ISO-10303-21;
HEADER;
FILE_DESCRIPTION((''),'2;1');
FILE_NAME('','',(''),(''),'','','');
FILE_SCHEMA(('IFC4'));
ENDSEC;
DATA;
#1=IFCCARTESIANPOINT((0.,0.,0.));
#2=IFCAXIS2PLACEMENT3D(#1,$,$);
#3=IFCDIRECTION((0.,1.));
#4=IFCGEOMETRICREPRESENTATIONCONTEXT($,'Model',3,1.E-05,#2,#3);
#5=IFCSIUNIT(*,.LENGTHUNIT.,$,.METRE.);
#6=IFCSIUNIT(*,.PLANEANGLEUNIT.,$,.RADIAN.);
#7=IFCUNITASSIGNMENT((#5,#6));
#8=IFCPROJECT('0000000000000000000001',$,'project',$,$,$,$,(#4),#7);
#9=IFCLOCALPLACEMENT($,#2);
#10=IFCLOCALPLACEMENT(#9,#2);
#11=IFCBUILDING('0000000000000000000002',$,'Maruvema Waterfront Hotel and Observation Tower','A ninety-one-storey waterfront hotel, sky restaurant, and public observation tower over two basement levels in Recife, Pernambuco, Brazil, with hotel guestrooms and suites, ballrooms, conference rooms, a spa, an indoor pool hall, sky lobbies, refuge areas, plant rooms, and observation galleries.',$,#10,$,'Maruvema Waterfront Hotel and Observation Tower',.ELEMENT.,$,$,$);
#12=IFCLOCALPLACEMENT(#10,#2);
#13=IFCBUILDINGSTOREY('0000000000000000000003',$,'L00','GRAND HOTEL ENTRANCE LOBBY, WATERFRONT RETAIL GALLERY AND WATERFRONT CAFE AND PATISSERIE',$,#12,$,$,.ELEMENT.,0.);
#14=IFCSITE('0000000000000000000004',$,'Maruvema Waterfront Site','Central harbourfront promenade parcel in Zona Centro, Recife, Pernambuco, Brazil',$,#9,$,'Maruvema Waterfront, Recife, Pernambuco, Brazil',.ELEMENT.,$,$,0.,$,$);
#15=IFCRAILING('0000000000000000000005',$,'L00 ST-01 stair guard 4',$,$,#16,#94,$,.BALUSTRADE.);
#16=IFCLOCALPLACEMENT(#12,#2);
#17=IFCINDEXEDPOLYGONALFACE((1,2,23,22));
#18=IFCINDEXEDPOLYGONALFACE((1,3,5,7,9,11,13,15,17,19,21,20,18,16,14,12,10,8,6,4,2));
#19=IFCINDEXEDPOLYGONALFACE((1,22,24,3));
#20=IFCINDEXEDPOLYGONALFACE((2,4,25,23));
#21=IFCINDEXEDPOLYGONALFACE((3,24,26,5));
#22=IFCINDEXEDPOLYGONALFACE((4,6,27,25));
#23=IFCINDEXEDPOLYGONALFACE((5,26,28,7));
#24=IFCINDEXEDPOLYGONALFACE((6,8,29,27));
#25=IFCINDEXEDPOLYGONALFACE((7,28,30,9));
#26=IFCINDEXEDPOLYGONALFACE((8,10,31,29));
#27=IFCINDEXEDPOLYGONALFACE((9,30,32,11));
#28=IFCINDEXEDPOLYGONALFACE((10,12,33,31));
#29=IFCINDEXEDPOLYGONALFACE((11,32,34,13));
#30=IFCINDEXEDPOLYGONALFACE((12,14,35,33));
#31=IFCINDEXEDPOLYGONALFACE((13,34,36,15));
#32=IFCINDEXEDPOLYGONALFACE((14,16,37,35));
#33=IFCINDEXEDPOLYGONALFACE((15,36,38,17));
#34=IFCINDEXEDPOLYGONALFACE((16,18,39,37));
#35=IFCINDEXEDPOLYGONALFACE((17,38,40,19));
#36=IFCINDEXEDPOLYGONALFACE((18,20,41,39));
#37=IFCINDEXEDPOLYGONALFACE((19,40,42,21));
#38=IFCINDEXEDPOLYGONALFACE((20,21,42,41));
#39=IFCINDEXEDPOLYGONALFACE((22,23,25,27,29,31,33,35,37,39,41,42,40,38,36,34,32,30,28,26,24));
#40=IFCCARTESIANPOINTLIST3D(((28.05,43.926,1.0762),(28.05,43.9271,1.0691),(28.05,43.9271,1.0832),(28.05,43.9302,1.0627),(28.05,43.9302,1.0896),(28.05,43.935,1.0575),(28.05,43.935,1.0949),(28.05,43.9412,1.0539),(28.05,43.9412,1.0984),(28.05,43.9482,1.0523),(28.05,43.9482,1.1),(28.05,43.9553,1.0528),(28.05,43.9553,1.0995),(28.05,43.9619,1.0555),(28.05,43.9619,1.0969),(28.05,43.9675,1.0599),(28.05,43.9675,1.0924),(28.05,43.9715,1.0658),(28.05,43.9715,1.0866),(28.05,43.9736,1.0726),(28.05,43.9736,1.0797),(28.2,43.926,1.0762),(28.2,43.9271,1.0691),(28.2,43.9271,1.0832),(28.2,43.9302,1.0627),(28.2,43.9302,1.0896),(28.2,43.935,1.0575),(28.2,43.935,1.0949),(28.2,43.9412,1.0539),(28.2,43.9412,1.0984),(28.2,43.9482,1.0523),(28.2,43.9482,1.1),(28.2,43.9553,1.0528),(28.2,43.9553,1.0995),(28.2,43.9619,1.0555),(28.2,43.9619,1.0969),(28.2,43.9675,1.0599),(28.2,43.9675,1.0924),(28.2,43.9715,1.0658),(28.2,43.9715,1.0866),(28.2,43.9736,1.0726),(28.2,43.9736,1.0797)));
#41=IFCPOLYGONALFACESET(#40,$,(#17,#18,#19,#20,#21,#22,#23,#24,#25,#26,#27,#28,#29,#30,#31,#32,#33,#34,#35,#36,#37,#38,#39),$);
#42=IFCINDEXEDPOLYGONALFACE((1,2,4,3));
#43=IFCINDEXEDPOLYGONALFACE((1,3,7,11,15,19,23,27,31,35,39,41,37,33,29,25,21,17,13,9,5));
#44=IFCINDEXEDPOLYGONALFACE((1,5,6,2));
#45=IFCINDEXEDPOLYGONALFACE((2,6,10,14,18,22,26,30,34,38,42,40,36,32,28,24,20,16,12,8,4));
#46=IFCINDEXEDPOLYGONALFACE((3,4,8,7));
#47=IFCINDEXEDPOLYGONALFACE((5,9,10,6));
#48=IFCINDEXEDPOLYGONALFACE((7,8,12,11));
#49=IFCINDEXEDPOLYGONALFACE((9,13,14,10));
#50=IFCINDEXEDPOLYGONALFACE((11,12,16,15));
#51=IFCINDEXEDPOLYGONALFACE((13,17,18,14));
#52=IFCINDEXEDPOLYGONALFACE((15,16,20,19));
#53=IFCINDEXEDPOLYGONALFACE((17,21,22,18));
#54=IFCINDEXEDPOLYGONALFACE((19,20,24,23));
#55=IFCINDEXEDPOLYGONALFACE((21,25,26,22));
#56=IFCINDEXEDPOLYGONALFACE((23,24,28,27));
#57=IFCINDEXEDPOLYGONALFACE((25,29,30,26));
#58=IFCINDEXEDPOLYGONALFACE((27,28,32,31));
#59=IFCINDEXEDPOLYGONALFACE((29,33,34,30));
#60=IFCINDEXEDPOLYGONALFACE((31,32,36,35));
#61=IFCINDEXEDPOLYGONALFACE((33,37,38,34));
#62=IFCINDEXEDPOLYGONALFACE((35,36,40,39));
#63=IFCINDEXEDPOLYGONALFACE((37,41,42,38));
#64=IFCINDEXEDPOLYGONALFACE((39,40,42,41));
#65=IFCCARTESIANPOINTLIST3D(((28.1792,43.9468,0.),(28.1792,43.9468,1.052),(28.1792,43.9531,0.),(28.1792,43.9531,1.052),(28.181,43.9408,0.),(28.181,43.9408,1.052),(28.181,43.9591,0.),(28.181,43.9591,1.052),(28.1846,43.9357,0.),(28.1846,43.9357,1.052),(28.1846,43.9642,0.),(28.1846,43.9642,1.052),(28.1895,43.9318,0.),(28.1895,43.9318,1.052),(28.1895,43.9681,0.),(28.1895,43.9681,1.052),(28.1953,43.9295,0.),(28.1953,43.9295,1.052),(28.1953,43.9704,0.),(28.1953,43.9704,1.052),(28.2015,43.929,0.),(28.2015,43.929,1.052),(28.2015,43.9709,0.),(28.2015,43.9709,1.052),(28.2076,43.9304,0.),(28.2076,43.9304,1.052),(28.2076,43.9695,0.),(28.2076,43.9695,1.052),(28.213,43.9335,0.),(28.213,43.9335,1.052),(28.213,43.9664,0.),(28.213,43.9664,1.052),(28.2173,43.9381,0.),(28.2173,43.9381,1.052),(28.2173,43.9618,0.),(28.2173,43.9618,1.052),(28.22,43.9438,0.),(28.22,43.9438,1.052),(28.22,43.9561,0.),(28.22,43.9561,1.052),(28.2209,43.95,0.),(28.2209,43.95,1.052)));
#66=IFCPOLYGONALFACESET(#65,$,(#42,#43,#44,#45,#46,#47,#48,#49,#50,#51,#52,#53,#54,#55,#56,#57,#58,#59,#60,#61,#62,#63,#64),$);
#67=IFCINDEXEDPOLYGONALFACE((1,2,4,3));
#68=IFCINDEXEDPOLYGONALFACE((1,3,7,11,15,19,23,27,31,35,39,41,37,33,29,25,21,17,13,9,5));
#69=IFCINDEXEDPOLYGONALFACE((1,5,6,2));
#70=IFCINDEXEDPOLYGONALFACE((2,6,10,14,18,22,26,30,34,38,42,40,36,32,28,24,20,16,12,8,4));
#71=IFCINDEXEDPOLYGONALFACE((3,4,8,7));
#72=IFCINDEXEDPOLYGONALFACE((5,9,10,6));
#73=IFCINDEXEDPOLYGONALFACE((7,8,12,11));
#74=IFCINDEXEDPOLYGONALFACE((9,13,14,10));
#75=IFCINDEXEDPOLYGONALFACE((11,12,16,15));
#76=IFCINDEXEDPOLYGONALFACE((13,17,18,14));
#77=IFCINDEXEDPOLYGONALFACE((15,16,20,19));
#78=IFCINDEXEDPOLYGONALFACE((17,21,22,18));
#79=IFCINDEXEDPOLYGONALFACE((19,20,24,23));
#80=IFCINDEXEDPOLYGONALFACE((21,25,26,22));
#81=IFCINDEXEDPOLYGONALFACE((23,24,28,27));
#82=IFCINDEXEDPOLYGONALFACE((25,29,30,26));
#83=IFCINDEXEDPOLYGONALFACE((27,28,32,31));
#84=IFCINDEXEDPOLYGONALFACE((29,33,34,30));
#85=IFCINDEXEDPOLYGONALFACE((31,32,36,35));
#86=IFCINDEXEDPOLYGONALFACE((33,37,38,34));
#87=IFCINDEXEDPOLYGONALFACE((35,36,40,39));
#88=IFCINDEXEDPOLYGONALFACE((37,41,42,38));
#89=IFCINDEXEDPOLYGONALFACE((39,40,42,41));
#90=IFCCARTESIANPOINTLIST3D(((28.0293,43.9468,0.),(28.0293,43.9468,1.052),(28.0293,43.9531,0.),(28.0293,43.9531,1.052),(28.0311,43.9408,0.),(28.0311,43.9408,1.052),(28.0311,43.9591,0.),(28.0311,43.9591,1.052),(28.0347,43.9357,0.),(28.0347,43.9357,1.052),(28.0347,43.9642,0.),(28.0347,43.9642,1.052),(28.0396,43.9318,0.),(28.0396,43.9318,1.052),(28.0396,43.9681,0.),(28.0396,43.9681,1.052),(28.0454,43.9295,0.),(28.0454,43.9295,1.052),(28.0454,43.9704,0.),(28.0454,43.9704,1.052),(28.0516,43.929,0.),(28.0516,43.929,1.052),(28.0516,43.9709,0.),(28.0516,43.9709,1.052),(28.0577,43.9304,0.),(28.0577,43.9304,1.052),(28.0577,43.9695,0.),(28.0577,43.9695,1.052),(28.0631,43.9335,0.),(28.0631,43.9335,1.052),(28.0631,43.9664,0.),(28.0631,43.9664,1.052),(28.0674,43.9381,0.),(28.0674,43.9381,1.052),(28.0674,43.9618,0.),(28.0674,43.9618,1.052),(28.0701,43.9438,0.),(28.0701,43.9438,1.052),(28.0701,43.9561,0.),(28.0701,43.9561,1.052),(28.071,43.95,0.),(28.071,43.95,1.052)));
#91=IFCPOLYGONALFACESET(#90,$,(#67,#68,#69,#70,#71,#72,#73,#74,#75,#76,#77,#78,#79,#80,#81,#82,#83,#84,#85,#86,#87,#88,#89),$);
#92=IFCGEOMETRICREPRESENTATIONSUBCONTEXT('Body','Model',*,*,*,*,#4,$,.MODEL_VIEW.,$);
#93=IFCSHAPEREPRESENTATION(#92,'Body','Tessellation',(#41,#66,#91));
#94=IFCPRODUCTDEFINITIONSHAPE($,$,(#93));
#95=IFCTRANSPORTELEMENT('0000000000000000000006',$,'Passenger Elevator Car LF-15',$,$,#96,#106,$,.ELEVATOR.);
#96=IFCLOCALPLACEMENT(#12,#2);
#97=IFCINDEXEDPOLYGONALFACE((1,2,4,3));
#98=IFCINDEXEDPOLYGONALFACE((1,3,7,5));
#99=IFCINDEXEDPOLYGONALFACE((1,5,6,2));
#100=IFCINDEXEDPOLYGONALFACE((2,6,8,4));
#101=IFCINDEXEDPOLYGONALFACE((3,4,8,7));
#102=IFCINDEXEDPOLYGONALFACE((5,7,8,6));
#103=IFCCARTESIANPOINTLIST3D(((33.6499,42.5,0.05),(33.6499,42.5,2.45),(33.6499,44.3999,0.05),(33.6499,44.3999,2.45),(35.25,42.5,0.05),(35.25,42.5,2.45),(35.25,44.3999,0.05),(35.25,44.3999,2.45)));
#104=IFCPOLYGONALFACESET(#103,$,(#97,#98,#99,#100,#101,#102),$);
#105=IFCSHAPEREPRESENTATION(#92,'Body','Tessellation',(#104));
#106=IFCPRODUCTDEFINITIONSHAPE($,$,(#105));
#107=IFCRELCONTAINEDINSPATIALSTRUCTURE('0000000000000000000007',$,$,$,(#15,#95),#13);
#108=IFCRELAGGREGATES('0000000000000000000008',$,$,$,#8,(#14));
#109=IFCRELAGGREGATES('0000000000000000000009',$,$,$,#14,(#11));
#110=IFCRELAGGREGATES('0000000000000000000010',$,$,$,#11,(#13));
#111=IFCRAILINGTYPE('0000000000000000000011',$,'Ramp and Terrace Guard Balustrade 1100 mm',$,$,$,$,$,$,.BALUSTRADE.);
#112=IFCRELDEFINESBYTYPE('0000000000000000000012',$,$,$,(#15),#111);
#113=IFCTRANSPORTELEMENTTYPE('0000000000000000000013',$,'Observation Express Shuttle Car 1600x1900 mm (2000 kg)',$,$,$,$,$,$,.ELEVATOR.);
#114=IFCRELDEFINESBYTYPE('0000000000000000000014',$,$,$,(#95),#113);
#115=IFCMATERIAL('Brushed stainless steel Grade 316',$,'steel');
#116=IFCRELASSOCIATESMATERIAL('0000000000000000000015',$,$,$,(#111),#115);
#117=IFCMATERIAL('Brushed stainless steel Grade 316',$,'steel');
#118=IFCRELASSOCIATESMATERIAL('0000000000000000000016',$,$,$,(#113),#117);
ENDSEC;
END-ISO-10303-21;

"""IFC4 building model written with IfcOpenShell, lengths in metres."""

from ifc_helpers import new_model, si_unit, direction, frame, origin, origin_2d, place, context, subcontext, project, spatial, rectangle, circle, extrude, material, type_object, element, save


model = new_model("IFC4")

# Units and contexts
model_context = context("Model", 3, precision=1e-05, world=origin(), true_north=direction((0.0, 1.0)))
body_context = subcontext(model_context, "Body", "Model", "MODEL_VIEW")
ifc_project = project(units=[si_unit("LENGTHUNIT", "METRE"), si_unit("PLANEANGLEUNIT", "RADIAN")], contexts=[model_context])

# Site, building, storey
site_placement = place(None, origin())
site = spatial("IfcSite", under=ifc_project, at=site_placement, Name="Maruvema Waterfront Site", Description="Central harbourfront promenade parcel in Zona Centro, Recife, Pernambuco, Brazil", LongName="Maruvema Waterfront, Recife, Pernambuco, Brazil", CompositionType="ELEMENT", RefElevation=0.0)
building_placement = place(site_placement, origin())
building = spatial("IfcBuilding", under=site, at=building_placement, Name="Maruvema Waterfront Hotel and Observation Tower", Description="A ninety-one-storey waterfront hotel, sky restaurant, and public observation tower over two basement levels in Recife, Pernambuco, Brazil, with hotel guestrooms and suites, ballrooms, conference rooms, a spa, an indoor pool hall, sky lobbies, refuge areas, plant rooms, and observation galleries.", LongName="Maruvema Waterfront Hotel and Observation Tower", CompositionType="ELEMENT")
storey_placement = place(building_placement, origin())
storey = spatial("IfcBuildingStorey", under=building, at=storey_placement, Name="L00", Description="GRAND HOTEL ENTRANCE LOBBY, WATERFRONT RETAIL GALLERY AND WATERFRONT CAFE AND PATISSERIE", CompositionType="ELEMENT", Elevation=0.0)

# Railing
ifc_material_1 = material(Name="Brushed stainless steel Grade 316", Category="steel")
railing_type_1 = type_object("IfcRailingType", Name="Ramp and Terrace Guard Balustrade 1100 mm", PredefinedType="BALUSTRADE", material=ifc_material_1)
railing_1_placement = place(storey_placement, frame((28.2, 43.95, 0.0)))
element("IfcRailing", 1, at=railing_1_placement, inside=storey, type_object=railing_type_1, Name="L00 ST-01 stair guard 4", PredefinedType="BALUSTRADE", context=body_context, shape_type="SweptSolid", body=[
    extrude(circle(Radius=0.0239, at=origin_2d()), frame((0.0, 0.0, 1.0762), z_axis=(-1.0, 0.0, 0.0), x_axis=(0.0, -1.0, 0.0)), (0.0, 0.0, 1.0), 0.1499),
    extrude(circle(Radius=0.021, at=origin_2d()), origin(), (0.0, 0.0, 1.0), 1.052),
    extrude(circle(Radius=0.021, at=origin_2d()), frame((-0.1499, 0.0, 0.0)), (0.0, 0.0, 1.0), 1.052),
])

# Transport element
ifc_material_2 = material(Name="Brushed stainless steel Grade 316", Category="steel")
transport_element_type = type_object("IfcTransportElementType", Name="Observation Express Shuttle Car 1600x1900 mm (2000 kg)", PredefinedType="ELEVATOR", material=ifc_material_2)
transport_element_placement = place(storey_placement, frame((34.45, 43.45, 0.05), z_axis=(0.0, 0.0, 1.0), x_axis=(1.0, 0.0, 0.0)))
element("IfcTransportElement", 2, at=transport_element_placement, inside=storey, type_object=transport_element_type, Name="Passenger Elevator Car LF-15", PredefinedType="ELEVATOR", context=body_context, shape_type="SweptSolid", body=[
    extrude(rectangle(XDim=1.6001, YDim=1.8999, at=origin_2d()), origin(), (0.0, 0.0, 1.0), 2.3999),
])

save(model, "model.ifc")
